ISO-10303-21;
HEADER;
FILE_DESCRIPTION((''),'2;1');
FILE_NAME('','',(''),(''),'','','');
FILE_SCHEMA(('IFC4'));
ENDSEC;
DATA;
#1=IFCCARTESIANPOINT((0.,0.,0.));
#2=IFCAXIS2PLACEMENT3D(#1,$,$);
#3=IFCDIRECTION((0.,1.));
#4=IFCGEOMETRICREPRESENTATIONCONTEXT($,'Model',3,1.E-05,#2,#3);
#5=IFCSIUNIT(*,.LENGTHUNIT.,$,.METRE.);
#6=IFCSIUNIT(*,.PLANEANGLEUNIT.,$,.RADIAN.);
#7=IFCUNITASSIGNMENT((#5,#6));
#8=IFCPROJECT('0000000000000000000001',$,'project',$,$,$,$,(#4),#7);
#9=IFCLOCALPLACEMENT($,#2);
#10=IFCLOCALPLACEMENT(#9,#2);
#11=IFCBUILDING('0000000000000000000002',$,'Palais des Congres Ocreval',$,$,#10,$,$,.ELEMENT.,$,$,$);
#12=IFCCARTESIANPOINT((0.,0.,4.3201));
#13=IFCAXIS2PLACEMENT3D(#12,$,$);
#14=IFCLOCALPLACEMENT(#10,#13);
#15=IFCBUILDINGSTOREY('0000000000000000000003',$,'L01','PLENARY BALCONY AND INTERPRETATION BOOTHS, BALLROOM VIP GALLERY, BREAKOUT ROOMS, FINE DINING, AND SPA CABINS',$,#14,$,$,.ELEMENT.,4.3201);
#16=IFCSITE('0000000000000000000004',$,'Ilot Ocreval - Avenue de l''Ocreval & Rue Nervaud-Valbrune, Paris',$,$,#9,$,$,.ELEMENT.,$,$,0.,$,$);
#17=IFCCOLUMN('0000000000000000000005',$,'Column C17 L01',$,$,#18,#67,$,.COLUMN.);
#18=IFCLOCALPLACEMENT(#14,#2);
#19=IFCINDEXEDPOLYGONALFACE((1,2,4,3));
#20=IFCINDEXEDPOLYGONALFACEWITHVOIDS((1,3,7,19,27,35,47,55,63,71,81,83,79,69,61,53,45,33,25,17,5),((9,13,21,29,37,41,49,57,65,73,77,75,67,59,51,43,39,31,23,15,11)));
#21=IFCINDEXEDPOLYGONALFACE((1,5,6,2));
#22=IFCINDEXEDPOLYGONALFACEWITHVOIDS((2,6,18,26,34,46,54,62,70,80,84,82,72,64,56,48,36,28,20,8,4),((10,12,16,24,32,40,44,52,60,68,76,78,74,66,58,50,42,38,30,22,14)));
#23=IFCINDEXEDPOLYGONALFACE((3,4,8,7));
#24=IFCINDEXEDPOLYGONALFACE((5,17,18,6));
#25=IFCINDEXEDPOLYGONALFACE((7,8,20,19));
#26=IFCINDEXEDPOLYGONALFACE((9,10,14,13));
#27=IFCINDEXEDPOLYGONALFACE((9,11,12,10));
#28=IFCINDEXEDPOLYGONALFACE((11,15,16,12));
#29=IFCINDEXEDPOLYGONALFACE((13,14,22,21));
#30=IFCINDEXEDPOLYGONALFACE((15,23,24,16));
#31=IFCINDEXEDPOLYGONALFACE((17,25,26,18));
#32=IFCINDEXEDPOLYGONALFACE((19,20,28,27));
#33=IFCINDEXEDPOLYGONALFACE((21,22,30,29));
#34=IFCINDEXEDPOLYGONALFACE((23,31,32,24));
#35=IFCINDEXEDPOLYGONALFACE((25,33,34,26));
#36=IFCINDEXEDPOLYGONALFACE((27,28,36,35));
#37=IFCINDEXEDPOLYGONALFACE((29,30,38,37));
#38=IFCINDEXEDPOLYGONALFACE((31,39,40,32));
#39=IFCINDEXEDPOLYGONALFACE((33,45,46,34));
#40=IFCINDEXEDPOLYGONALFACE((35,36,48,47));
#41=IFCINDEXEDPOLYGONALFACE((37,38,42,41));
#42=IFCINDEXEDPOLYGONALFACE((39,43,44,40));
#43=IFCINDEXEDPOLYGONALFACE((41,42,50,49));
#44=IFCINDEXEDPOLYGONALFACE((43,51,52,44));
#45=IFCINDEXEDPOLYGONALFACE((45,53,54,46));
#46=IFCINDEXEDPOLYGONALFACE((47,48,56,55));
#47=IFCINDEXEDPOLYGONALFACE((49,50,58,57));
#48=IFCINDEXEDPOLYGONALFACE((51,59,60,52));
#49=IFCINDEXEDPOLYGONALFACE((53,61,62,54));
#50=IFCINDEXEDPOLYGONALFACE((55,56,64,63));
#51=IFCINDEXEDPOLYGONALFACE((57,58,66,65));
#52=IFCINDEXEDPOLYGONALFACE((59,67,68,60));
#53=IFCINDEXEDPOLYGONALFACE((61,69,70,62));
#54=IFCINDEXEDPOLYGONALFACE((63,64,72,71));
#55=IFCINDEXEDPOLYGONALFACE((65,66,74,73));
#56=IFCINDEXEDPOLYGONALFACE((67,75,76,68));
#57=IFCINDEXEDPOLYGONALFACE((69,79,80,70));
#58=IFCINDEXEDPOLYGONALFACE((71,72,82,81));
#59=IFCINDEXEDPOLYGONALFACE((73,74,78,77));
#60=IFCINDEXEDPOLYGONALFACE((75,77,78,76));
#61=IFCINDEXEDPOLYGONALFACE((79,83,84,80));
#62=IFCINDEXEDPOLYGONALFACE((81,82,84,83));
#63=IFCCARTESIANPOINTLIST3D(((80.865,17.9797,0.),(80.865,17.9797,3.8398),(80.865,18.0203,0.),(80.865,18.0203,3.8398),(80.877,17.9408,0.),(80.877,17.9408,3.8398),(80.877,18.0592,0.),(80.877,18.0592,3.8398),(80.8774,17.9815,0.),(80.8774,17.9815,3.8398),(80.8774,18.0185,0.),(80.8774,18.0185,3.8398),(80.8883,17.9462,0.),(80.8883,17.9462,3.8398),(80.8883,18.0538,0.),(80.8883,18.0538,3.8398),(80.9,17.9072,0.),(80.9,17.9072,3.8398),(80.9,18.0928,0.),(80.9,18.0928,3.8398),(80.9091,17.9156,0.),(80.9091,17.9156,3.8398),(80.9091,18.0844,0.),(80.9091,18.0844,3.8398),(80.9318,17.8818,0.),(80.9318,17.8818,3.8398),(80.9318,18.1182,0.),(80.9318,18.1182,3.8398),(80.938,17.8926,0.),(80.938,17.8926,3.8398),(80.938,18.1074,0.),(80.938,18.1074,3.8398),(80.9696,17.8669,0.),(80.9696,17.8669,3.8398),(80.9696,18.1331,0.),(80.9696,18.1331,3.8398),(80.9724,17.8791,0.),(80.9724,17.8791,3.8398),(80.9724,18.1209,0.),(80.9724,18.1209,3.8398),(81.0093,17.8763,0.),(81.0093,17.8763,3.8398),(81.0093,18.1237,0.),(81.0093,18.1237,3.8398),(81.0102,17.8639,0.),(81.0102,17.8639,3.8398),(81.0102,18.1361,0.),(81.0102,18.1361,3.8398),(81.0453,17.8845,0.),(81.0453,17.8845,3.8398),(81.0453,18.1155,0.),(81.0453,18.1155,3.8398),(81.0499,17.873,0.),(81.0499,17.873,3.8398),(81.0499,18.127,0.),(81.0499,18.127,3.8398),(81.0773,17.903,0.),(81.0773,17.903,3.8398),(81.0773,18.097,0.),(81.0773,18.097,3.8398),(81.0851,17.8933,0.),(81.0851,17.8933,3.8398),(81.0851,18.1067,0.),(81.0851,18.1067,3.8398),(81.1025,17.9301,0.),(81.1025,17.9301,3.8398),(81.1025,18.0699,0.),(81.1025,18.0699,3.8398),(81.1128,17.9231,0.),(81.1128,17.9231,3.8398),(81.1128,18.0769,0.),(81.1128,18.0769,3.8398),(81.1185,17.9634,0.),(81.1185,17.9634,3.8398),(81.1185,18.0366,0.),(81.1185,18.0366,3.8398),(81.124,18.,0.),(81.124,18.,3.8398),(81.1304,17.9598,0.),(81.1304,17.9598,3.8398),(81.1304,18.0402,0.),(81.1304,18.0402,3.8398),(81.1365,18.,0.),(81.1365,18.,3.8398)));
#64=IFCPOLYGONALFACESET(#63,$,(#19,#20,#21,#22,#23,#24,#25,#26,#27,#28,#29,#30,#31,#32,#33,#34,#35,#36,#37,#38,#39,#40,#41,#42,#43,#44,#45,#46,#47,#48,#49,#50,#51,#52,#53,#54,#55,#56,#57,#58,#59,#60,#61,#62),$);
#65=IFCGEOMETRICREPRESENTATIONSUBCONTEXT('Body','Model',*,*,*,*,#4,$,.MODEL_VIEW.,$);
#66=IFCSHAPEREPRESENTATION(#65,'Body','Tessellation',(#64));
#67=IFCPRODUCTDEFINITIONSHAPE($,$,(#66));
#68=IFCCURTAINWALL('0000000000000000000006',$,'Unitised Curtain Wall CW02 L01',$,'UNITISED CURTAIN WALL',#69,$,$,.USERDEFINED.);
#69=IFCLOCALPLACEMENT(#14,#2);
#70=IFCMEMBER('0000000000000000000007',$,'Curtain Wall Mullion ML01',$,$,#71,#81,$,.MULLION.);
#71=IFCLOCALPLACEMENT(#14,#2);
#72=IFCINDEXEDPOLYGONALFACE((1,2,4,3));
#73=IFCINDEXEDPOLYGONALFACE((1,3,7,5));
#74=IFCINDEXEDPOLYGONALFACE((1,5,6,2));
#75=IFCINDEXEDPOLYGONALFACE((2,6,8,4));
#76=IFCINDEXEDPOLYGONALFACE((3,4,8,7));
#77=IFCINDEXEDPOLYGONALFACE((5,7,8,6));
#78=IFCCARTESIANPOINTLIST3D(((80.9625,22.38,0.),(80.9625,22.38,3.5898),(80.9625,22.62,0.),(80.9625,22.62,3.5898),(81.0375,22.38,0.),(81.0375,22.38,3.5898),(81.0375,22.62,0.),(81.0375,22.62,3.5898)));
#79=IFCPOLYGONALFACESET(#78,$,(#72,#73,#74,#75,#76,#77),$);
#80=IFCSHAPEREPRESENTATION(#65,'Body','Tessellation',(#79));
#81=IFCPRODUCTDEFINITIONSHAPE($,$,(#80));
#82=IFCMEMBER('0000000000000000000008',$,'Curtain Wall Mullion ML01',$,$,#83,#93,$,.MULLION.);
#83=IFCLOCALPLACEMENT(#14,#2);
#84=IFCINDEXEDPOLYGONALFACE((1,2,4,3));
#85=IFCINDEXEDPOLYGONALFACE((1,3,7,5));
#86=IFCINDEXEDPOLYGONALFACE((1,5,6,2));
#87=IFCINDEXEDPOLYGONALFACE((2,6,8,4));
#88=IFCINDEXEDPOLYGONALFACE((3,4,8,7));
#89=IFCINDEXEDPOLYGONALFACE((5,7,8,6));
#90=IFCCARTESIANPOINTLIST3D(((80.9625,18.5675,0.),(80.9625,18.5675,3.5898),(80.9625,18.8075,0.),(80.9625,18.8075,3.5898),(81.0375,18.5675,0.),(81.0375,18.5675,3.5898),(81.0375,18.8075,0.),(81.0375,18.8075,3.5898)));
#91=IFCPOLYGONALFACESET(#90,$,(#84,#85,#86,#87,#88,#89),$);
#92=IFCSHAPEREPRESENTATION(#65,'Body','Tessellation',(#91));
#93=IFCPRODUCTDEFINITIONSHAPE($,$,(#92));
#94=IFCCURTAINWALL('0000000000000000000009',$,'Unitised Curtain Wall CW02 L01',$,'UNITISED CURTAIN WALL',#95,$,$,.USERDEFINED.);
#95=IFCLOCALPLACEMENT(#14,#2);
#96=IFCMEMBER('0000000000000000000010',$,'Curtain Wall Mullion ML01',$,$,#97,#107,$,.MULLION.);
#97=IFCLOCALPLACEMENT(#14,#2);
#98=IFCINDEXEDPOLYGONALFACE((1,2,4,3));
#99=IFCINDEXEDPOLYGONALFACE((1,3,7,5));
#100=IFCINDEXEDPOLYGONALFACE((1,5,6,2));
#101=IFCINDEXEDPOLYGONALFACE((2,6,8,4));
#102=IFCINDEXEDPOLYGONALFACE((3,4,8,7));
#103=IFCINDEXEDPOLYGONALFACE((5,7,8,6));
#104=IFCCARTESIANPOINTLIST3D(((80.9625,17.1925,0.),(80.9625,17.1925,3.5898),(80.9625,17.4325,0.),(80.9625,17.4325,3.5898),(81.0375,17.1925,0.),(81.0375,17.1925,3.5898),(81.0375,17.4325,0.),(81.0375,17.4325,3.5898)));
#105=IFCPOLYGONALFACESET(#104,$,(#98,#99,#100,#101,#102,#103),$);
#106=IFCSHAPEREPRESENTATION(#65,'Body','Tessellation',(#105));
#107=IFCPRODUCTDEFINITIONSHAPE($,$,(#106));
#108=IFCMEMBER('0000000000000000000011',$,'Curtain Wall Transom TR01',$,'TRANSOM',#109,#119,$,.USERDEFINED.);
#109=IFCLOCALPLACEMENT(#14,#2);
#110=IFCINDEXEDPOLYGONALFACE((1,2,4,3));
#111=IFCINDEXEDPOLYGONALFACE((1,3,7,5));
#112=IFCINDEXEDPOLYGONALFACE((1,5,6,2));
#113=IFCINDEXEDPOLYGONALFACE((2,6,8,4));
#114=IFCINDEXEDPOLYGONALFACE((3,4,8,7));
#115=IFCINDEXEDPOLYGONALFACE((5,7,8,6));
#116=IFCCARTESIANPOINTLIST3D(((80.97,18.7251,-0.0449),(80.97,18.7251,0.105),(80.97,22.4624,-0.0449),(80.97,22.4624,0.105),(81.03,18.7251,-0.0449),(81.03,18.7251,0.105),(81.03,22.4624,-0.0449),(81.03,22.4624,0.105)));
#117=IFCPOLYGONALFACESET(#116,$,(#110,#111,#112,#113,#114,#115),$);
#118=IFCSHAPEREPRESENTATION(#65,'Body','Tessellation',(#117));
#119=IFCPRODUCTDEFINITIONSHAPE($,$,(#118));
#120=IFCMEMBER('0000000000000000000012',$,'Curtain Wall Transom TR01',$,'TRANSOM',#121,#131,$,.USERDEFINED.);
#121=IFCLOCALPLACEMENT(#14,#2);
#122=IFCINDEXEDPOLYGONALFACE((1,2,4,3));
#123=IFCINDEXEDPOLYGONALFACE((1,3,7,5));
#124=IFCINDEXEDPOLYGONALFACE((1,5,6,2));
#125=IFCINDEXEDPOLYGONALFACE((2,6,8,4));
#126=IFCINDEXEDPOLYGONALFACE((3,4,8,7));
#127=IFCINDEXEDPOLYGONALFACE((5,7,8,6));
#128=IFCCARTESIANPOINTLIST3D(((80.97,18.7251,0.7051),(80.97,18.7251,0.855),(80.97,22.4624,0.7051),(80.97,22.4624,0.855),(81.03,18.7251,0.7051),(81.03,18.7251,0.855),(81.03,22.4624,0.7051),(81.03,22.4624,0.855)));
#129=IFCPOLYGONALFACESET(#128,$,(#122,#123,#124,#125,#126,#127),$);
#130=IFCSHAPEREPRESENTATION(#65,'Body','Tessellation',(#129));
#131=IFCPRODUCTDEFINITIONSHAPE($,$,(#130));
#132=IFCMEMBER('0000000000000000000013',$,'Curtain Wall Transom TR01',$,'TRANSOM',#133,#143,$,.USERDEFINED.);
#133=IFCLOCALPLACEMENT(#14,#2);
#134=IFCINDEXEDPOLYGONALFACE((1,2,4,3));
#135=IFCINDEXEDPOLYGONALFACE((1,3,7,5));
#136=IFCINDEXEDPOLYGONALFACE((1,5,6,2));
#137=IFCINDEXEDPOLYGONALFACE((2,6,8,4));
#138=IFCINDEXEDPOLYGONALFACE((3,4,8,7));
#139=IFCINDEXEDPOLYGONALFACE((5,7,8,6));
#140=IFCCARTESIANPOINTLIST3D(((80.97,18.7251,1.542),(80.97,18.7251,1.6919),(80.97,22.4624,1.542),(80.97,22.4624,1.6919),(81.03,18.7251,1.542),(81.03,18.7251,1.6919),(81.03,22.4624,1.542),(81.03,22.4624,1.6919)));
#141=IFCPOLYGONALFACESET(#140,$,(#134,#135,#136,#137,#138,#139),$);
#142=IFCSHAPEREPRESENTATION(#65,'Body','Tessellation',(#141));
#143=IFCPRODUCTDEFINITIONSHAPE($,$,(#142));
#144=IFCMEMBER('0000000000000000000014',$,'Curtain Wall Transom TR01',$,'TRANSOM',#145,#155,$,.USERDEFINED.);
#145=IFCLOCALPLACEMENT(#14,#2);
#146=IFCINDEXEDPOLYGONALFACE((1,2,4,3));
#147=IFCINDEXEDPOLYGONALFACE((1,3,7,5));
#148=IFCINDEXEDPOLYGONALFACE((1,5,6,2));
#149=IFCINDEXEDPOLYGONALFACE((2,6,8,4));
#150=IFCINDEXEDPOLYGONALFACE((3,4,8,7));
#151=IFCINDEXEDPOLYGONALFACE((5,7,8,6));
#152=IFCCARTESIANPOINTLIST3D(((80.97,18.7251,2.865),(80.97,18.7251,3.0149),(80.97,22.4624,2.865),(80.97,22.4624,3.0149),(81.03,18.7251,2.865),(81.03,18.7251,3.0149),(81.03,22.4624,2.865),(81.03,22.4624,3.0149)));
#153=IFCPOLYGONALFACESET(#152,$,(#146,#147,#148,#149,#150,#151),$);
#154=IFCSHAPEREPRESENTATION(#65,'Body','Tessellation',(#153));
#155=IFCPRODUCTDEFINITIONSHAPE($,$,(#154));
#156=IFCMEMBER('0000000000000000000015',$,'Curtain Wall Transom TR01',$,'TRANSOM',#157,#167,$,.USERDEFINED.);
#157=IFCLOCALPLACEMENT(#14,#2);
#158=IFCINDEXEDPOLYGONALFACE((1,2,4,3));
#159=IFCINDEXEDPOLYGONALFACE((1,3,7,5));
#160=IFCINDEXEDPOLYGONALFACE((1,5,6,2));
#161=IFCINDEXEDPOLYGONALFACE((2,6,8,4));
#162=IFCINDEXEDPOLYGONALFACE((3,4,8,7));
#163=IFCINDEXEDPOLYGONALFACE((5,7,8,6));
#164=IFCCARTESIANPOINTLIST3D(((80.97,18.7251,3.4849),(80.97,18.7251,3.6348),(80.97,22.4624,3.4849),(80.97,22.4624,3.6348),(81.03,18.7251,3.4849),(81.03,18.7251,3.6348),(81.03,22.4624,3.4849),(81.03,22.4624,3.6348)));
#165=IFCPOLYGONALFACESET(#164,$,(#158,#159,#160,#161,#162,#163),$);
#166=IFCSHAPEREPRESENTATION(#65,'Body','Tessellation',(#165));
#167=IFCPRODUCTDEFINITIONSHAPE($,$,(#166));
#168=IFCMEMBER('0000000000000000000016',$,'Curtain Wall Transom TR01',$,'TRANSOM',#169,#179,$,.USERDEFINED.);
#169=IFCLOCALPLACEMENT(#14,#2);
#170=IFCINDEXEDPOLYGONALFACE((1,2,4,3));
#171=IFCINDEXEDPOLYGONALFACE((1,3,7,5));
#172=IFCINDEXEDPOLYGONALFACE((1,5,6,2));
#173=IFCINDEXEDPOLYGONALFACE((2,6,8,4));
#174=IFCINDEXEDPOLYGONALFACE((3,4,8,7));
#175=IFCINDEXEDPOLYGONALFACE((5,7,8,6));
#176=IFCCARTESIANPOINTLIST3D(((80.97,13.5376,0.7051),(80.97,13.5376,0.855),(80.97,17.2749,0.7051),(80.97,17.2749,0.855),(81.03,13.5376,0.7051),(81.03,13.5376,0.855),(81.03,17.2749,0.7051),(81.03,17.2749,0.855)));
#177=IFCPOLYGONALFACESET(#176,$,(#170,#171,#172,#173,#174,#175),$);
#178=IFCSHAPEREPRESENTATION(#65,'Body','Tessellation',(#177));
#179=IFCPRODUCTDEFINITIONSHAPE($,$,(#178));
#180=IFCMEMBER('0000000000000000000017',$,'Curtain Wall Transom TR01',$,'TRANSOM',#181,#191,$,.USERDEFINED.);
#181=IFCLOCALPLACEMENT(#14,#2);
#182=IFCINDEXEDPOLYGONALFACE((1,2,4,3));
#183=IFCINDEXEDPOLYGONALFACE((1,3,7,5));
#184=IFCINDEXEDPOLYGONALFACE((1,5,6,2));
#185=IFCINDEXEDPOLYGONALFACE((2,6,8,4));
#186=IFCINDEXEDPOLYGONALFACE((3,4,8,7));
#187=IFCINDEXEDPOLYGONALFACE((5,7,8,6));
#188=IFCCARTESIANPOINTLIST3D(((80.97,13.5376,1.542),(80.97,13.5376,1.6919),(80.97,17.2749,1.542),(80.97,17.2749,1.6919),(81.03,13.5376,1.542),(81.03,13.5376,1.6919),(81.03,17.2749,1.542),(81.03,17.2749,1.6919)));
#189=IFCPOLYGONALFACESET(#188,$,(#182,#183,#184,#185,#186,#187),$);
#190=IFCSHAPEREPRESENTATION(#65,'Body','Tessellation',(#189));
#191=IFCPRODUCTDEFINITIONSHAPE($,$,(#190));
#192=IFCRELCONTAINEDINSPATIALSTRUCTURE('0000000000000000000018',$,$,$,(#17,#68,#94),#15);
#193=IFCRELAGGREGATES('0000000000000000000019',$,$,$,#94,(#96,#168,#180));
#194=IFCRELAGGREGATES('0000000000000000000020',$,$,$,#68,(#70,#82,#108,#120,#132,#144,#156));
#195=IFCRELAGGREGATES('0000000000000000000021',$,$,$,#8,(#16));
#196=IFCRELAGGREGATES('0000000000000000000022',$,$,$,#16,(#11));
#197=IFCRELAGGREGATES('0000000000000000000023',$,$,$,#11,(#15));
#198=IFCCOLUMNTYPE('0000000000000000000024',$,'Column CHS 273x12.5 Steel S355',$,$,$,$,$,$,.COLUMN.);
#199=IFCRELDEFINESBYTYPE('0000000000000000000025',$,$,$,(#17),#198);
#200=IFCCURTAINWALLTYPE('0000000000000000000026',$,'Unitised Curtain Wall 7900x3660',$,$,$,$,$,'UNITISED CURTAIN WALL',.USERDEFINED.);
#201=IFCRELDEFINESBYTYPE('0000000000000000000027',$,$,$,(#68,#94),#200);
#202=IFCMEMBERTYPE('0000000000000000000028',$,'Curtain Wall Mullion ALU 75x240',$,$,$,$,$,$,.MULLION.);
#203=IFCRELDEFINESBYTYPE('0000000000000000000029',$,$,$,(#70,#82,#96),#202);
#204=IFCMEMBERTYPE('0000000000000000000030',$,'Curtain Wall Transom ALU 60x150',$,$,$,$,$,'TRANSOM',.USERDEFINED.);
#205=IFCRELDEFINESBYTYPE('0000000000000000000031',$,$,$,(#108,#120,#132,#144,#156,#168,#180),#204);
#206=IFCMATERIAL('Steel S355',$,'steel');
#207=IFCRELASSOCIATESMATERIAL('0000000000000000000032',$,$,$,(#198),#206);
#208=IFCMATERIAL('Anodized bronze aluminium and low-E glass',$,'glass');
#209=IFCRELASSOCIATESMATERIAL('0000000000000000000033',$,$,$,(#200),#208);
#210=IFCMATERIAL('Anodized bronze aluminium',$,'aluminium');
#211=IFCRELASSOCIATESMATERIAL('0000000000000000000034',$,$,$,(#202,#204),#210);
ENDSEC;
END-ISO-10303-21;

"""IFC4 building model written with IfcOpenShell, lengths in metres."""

from ifc_helpers import new_model, si_unit, direction, frame, origin, origin_2d, place, context, subcontext, project, spatial, rectangle, hollow_circle, extrude, material, material_profile, profile_set, type_object, element, aggregate, save


model = new_model("IFC4")

# Units and contexts
model_context = context("Model", 3, precision=1e-05, world=origin(), true_north=direction((0.0, 1.0)))
body_context = subcontext(model_context, "Body", "Model", "MODEL_VIEW")
ifc_project = project(units=[si_unit("LENGTHUNIT", "METRE"), si_unit("PLANEANGLEUNIT", "RADIAN")], contexts=[model_context])

# Site, building, storey
site_placement = place(None, origin())
site = spatial("IfcSite", under=ifc_project, at=site_placement, Name="Ilot Ocreval - Avenue de l'Ocreval & Rue Nervaud-Valbrune, Paris", CompositionType="ELEMENT", RefElevation=0.0)
building_placement = place(site_placement, origin())
building = spatial("IfcBuilding", under=site, at=building_placement, Name="Palais des Congres Ocreval", CompositionType="ELEMENT")
storey_placement = place(building_placement, frame((0.0, 0.0, 4.3201)))
storey = spatial("IfcBuildingStorey", under=building, at=storey_placement, Name="L01", Description="PLENARY BALCONY AND INTERPRETATION BOOTHS, BALLROOM VIP GALLERY, BREAKOUT ROOMS, FINE DINING, AND SPA CABINS", CompositionType="ELEMENT", Elevation=4.3201)

# Column
ifc_material_1 = material(Name="Steel S355", Category="steel")
ifc_material_profile_1 = material_profile(ifc_material_1, hollow_circle(Radius=0.1365, WallThickness=0.0125, at=origin_2d()), Name="CHS 273x12.5")
ifc_profile_set_1 = profile_set([ifc_material_profile_1], Name="Steel S355")
column_type = type_object("IfcColumnType", Name="Column CHS 273x12.5 Steel S355", PredefinedType="COLUMN", material=ifc_profile_set_1)
column_placement = place(storey_placement, frame((81.0, 18.0, 0.0), z_axis=(0.0, 0.0, 1.0), x_axis=(1.0, 0.0, 0.0)))
element("IfcColumn", 1, at=column_placement, inside=storey, type_object=column_type, Name="Column C17 L01", PredefinedType="COLUMN", context=body_context, shape_type="SweptSolid", body=[
    extrude(hollow_circle(Radius=0.1365, WallThickness=0.0125, at=origin_2d()), origin(), (0.0, 0.0, 1.0), 3.8398),
])

# Curtain wall, members
ifc_material_2 = material(Name="Anodized bronze aluminium and low-E glass", Category="glass")
curtain_wall_type = type_object("IfcCurtainWallType", Name="Unitised Curtain Wall 7900x3660", ElementType="UNITISED CURTAIN WALL", PredefinedType="USERDEFINED", material=ifc_material_2)
curtain_wall_1_placement = place(storey_placement, origin())
curtain_wall_1 = element("IfcCurtainWall", 2, at=curtain_wall_1_placement, inside=storey, type_object=curtain_wall_type, Name="Unitised Curtain Wall CW02 L01", ObjectType="UNITISED CURTAIN WALL", PredefinedType="USERDEFINED")
ifc_material_3 = material(Name="Anodized bronze aluminium", Category="aluminium")
ifc_material_profile_2 = material_profile(ifc_material_3, rectangle(XDim=0.075, YDim=0.24, at=origin_2d()), Name="ALU 75x240")
ifc_profile_set_2 = profile_set([ifc_material_profile_2], Name="Anodized bronze aluminium")
member_type_1 = type_object("IfcMemberType", Name="Curtain Wall Mullion ALU 75x240", PredefinedType="MULLION", material=ifc_profile_set_2)
member_1_placement = place(storey_placement, frame((81.0, 22.5, 0.0), z_axis=(0.0, 0.0, 1.0), x_axis=(1.0, 0.0, 0.0)))
member_1 = element("IfcMember", 3, at=member_1_placement, type_object=member_type_1, Name="Curtain Wall Mullion ML01", PredefinedType="MULLION", context=body_context, shape_type="SweptSolid", body=[
    extrude(rectangle(XDim=0.075, YDim=0.24, at=origin_2d()), origin(), (0.0, 0.0, 1.0), 3.5898),
])
member_2_placement = place(storey_placement, frame((81.0, 18.6875, 0.0), z_axis=(0.0, 0.0, 1.0), x_axis=(1.0, 0.0, 0.0)))
member_2 = element("IfcMember", 4, at=member_2_placement, type_object=member_type_1, Name="Curtain Wall Mullion ML01", PredefinedType="MULLION", context=body_context, shape_type="SweptSolid", body=[
    extrude(rectangle(XDim=0.075, YDim=0.24, at=origin_2d()), origin(), (0.0, 0.0, 1.0), 3.5898),
])

# Curtain wall, member
curtain_wall_2_placement = place(storey_placement, origin())
curtain_wall_2 = element("IfcCurtainWall", 5, at=curtain_wall_2_placement, inside=storey, type_object=curtain_wall_type, Name="Unitised Curtain Wall CW02 L01", ObjectType="UNITISED CURTAIN WALL", PredefinedType="USERDEFINED")
member_3_placement = place(storey_placement, frame((81.0, 17.3125, 0.0), z_axis=(0.0, 0.0, 1.0), x_axis=(1.0, 0.0, 0.0)))
member_3 = element("IfcMember", 6, at=member_3_placement, type_object=member_type_1, Name="Curtain Wall Mullion ML01", PredefinedType="MULLION", context=body_context, shape_type="SweptSolid", body=[
    extrude(rectangle(XDim=0.075, YDim=0.24, at=origin_2d()), origin(), (0.0, 0.0, 1.0), 3.5898),
])

# Members
ifc_material_profile_3 = material_profile(ifc_material_3, rectangle(XDim=0.0601, YDim=0.1499, at=origin_2d()), Name="ALU 60x150")
ifc_profile_set_3 = profile_set([ifc_material_profile_3], Name="Anodized bronze aluminium")
member_type_2 = type_object("IfcMemberType", Name="Curtain Wall Transom ALU 60x150", ElementType="TRANSOM", PredefinedType="USERDEFINED", material=ifc_profile_set_3)
member_4_placement = place(storey_placement, frame((81.0, 22.4624, 0.03), z_axis=(0.0, -1.0, 0.0), x_axis=(1.0, 0.0, 0.0)))
member_4 = element("IfcMember", 7, at=member_4_placement, type_object=member_type_2, Name="Curtain Wall Transom TR01", ObjectType="TRANSOM", PredefinedType="USERDEFINED", context=body_context, shape_type="SweptSolid", body=[
    extrude(rectangle(XDim=0.0601, YDim=0.1499, at=origin_2d()), origin(), (0.0, 0.0, 1.0), 3.7373),
])
member_5_placement = place(storey_placement, frame((81.0, 22.4624, 0.78), z_axis=(0.0, -1.0, 0.0), x_axis=(1.0, 0.0, 0.0)))
member_5 = element("IfcMember", 8, at=member_5_placement, type_object=member_type_2, Name="Curtain Wall Transom TR01", ObjectType="TRANSOM", PredefinedType="USERDEFINED", context=body_context, shape_type="SweptSolid", body=[
    extrude(rectangle(XDim=0.0601, YDim=0.1499, at=origin_2d()), origin(), (0.0, 0.0, 1.0), 3.7373),
])
member_6_placement = place(storey_placement, frame((81.0, 22.4624, 1.6169), z_axis=(0.0, -1.0, 0.0), x_axis=(1.0, 0.0, 0.0)))
member_6 = element("IfcMember", 9, at=member_6_placement, type_object=member_type_2, Name="Curtain Wall Transom TR01", ObjectType="TRANSOM", PredefinedType="USERDEFINED", context=body_context, shape_type="SweptSolid", body=[
    extrude(rectangle(XDim=0.0601, YDim=0.1499, at=origin_2d()), origin(), (0.0, 0.0, 1.0), 3.7373),
])
member_7_placement = place(storey_placement, frame((81.0, 22.4624, 2.9399), z_axis=(0.0, -1.0, 0.0), x_axis=(1.0, 0.0, 0.0)))
member_7 = element("IfcMember", 10, at=member_7_placement, type_object=member_type_2, Name="Curtain Wall Transom TR01", ObjectType="TRANSOM", PredefinedType="USERDEFINED", context=body_context, shape_type="SweptSolid", body=[
    extrude(rectangle(XDim=0.0601, YDim=0.1499, at=origin_2d()), origin(), (0.0, 0.0, 1.0), 3.7373),
])
member_8_placement = place(storey_placement, frame((81.0, 22.4624, 3.5598), z_axis=(0.0, -1.0, 0.0), x_axis=(1.0, 0.0, 0.0)))
member_8 = element("IfcMember", 11, at=member_8_placement, type_object=member_type_2, Name="Curtain Wall Transom TR01", ObjectType="TRANSOM", PredefinedType="USERDEFINED", context=body_context, shape_type="SweptSolid", body=[
    extrude(rectangle(XDim=0.0601, YDim=0.1499, at=origin_2d()), origin(), (0.0, 0.0, 1.0), 3.7373),
])
member_9_placement = place(storey_placement, frame((81.0, 17.2749, 0.78), z_axis=(0.0, -1.0, 0.0), x_axis=(1.0, 0.0, 0.0)))
member_9 = element("IfcMember", 12, at=member_9_placement, type_object=member_type_2, Name="Curtain Wall Transom TR01", ObjectType="TRANSOM", PredefinedType="USERDEFINED", context=body_context, shape_type="SweptSolid", body=[
    extrude(rectangle(XDim=0.0601, YDim=0.1499, at=origin_2d()), origin(), (0.0, 0.0, 1.0), 3.7373),
])
member_10_placement = place(storey_placement, frame((81.0, 17.2749, 1.6169), z_axis=(0.0, -1.0, 0.0), x_axis=(1.0, 0.0, 0.0)))
member_10 = element("IfcMember", 13, at=member_10_placement, type_object=member_type_2, Name="Curtain Wall Transom TR01", ObjectType="TRANSOM", PredefinedType="USERDEFINED", context=body_context, shape_type="SweptSolid", body=[
    extrude(rectangle(XDim=0.0601, YDim=0.1499, at=origin_2d()), origin(), (0.0, 0.0, 1.0), 3.7373),
])
aggregate(curtain_wall_2, [member_3, member_9, member_10])

aggregate(curtain_wall_1, [member_1, member_2, member_4, member_5, member_6, member_7, member_8])

save(model, "model.ifc")
